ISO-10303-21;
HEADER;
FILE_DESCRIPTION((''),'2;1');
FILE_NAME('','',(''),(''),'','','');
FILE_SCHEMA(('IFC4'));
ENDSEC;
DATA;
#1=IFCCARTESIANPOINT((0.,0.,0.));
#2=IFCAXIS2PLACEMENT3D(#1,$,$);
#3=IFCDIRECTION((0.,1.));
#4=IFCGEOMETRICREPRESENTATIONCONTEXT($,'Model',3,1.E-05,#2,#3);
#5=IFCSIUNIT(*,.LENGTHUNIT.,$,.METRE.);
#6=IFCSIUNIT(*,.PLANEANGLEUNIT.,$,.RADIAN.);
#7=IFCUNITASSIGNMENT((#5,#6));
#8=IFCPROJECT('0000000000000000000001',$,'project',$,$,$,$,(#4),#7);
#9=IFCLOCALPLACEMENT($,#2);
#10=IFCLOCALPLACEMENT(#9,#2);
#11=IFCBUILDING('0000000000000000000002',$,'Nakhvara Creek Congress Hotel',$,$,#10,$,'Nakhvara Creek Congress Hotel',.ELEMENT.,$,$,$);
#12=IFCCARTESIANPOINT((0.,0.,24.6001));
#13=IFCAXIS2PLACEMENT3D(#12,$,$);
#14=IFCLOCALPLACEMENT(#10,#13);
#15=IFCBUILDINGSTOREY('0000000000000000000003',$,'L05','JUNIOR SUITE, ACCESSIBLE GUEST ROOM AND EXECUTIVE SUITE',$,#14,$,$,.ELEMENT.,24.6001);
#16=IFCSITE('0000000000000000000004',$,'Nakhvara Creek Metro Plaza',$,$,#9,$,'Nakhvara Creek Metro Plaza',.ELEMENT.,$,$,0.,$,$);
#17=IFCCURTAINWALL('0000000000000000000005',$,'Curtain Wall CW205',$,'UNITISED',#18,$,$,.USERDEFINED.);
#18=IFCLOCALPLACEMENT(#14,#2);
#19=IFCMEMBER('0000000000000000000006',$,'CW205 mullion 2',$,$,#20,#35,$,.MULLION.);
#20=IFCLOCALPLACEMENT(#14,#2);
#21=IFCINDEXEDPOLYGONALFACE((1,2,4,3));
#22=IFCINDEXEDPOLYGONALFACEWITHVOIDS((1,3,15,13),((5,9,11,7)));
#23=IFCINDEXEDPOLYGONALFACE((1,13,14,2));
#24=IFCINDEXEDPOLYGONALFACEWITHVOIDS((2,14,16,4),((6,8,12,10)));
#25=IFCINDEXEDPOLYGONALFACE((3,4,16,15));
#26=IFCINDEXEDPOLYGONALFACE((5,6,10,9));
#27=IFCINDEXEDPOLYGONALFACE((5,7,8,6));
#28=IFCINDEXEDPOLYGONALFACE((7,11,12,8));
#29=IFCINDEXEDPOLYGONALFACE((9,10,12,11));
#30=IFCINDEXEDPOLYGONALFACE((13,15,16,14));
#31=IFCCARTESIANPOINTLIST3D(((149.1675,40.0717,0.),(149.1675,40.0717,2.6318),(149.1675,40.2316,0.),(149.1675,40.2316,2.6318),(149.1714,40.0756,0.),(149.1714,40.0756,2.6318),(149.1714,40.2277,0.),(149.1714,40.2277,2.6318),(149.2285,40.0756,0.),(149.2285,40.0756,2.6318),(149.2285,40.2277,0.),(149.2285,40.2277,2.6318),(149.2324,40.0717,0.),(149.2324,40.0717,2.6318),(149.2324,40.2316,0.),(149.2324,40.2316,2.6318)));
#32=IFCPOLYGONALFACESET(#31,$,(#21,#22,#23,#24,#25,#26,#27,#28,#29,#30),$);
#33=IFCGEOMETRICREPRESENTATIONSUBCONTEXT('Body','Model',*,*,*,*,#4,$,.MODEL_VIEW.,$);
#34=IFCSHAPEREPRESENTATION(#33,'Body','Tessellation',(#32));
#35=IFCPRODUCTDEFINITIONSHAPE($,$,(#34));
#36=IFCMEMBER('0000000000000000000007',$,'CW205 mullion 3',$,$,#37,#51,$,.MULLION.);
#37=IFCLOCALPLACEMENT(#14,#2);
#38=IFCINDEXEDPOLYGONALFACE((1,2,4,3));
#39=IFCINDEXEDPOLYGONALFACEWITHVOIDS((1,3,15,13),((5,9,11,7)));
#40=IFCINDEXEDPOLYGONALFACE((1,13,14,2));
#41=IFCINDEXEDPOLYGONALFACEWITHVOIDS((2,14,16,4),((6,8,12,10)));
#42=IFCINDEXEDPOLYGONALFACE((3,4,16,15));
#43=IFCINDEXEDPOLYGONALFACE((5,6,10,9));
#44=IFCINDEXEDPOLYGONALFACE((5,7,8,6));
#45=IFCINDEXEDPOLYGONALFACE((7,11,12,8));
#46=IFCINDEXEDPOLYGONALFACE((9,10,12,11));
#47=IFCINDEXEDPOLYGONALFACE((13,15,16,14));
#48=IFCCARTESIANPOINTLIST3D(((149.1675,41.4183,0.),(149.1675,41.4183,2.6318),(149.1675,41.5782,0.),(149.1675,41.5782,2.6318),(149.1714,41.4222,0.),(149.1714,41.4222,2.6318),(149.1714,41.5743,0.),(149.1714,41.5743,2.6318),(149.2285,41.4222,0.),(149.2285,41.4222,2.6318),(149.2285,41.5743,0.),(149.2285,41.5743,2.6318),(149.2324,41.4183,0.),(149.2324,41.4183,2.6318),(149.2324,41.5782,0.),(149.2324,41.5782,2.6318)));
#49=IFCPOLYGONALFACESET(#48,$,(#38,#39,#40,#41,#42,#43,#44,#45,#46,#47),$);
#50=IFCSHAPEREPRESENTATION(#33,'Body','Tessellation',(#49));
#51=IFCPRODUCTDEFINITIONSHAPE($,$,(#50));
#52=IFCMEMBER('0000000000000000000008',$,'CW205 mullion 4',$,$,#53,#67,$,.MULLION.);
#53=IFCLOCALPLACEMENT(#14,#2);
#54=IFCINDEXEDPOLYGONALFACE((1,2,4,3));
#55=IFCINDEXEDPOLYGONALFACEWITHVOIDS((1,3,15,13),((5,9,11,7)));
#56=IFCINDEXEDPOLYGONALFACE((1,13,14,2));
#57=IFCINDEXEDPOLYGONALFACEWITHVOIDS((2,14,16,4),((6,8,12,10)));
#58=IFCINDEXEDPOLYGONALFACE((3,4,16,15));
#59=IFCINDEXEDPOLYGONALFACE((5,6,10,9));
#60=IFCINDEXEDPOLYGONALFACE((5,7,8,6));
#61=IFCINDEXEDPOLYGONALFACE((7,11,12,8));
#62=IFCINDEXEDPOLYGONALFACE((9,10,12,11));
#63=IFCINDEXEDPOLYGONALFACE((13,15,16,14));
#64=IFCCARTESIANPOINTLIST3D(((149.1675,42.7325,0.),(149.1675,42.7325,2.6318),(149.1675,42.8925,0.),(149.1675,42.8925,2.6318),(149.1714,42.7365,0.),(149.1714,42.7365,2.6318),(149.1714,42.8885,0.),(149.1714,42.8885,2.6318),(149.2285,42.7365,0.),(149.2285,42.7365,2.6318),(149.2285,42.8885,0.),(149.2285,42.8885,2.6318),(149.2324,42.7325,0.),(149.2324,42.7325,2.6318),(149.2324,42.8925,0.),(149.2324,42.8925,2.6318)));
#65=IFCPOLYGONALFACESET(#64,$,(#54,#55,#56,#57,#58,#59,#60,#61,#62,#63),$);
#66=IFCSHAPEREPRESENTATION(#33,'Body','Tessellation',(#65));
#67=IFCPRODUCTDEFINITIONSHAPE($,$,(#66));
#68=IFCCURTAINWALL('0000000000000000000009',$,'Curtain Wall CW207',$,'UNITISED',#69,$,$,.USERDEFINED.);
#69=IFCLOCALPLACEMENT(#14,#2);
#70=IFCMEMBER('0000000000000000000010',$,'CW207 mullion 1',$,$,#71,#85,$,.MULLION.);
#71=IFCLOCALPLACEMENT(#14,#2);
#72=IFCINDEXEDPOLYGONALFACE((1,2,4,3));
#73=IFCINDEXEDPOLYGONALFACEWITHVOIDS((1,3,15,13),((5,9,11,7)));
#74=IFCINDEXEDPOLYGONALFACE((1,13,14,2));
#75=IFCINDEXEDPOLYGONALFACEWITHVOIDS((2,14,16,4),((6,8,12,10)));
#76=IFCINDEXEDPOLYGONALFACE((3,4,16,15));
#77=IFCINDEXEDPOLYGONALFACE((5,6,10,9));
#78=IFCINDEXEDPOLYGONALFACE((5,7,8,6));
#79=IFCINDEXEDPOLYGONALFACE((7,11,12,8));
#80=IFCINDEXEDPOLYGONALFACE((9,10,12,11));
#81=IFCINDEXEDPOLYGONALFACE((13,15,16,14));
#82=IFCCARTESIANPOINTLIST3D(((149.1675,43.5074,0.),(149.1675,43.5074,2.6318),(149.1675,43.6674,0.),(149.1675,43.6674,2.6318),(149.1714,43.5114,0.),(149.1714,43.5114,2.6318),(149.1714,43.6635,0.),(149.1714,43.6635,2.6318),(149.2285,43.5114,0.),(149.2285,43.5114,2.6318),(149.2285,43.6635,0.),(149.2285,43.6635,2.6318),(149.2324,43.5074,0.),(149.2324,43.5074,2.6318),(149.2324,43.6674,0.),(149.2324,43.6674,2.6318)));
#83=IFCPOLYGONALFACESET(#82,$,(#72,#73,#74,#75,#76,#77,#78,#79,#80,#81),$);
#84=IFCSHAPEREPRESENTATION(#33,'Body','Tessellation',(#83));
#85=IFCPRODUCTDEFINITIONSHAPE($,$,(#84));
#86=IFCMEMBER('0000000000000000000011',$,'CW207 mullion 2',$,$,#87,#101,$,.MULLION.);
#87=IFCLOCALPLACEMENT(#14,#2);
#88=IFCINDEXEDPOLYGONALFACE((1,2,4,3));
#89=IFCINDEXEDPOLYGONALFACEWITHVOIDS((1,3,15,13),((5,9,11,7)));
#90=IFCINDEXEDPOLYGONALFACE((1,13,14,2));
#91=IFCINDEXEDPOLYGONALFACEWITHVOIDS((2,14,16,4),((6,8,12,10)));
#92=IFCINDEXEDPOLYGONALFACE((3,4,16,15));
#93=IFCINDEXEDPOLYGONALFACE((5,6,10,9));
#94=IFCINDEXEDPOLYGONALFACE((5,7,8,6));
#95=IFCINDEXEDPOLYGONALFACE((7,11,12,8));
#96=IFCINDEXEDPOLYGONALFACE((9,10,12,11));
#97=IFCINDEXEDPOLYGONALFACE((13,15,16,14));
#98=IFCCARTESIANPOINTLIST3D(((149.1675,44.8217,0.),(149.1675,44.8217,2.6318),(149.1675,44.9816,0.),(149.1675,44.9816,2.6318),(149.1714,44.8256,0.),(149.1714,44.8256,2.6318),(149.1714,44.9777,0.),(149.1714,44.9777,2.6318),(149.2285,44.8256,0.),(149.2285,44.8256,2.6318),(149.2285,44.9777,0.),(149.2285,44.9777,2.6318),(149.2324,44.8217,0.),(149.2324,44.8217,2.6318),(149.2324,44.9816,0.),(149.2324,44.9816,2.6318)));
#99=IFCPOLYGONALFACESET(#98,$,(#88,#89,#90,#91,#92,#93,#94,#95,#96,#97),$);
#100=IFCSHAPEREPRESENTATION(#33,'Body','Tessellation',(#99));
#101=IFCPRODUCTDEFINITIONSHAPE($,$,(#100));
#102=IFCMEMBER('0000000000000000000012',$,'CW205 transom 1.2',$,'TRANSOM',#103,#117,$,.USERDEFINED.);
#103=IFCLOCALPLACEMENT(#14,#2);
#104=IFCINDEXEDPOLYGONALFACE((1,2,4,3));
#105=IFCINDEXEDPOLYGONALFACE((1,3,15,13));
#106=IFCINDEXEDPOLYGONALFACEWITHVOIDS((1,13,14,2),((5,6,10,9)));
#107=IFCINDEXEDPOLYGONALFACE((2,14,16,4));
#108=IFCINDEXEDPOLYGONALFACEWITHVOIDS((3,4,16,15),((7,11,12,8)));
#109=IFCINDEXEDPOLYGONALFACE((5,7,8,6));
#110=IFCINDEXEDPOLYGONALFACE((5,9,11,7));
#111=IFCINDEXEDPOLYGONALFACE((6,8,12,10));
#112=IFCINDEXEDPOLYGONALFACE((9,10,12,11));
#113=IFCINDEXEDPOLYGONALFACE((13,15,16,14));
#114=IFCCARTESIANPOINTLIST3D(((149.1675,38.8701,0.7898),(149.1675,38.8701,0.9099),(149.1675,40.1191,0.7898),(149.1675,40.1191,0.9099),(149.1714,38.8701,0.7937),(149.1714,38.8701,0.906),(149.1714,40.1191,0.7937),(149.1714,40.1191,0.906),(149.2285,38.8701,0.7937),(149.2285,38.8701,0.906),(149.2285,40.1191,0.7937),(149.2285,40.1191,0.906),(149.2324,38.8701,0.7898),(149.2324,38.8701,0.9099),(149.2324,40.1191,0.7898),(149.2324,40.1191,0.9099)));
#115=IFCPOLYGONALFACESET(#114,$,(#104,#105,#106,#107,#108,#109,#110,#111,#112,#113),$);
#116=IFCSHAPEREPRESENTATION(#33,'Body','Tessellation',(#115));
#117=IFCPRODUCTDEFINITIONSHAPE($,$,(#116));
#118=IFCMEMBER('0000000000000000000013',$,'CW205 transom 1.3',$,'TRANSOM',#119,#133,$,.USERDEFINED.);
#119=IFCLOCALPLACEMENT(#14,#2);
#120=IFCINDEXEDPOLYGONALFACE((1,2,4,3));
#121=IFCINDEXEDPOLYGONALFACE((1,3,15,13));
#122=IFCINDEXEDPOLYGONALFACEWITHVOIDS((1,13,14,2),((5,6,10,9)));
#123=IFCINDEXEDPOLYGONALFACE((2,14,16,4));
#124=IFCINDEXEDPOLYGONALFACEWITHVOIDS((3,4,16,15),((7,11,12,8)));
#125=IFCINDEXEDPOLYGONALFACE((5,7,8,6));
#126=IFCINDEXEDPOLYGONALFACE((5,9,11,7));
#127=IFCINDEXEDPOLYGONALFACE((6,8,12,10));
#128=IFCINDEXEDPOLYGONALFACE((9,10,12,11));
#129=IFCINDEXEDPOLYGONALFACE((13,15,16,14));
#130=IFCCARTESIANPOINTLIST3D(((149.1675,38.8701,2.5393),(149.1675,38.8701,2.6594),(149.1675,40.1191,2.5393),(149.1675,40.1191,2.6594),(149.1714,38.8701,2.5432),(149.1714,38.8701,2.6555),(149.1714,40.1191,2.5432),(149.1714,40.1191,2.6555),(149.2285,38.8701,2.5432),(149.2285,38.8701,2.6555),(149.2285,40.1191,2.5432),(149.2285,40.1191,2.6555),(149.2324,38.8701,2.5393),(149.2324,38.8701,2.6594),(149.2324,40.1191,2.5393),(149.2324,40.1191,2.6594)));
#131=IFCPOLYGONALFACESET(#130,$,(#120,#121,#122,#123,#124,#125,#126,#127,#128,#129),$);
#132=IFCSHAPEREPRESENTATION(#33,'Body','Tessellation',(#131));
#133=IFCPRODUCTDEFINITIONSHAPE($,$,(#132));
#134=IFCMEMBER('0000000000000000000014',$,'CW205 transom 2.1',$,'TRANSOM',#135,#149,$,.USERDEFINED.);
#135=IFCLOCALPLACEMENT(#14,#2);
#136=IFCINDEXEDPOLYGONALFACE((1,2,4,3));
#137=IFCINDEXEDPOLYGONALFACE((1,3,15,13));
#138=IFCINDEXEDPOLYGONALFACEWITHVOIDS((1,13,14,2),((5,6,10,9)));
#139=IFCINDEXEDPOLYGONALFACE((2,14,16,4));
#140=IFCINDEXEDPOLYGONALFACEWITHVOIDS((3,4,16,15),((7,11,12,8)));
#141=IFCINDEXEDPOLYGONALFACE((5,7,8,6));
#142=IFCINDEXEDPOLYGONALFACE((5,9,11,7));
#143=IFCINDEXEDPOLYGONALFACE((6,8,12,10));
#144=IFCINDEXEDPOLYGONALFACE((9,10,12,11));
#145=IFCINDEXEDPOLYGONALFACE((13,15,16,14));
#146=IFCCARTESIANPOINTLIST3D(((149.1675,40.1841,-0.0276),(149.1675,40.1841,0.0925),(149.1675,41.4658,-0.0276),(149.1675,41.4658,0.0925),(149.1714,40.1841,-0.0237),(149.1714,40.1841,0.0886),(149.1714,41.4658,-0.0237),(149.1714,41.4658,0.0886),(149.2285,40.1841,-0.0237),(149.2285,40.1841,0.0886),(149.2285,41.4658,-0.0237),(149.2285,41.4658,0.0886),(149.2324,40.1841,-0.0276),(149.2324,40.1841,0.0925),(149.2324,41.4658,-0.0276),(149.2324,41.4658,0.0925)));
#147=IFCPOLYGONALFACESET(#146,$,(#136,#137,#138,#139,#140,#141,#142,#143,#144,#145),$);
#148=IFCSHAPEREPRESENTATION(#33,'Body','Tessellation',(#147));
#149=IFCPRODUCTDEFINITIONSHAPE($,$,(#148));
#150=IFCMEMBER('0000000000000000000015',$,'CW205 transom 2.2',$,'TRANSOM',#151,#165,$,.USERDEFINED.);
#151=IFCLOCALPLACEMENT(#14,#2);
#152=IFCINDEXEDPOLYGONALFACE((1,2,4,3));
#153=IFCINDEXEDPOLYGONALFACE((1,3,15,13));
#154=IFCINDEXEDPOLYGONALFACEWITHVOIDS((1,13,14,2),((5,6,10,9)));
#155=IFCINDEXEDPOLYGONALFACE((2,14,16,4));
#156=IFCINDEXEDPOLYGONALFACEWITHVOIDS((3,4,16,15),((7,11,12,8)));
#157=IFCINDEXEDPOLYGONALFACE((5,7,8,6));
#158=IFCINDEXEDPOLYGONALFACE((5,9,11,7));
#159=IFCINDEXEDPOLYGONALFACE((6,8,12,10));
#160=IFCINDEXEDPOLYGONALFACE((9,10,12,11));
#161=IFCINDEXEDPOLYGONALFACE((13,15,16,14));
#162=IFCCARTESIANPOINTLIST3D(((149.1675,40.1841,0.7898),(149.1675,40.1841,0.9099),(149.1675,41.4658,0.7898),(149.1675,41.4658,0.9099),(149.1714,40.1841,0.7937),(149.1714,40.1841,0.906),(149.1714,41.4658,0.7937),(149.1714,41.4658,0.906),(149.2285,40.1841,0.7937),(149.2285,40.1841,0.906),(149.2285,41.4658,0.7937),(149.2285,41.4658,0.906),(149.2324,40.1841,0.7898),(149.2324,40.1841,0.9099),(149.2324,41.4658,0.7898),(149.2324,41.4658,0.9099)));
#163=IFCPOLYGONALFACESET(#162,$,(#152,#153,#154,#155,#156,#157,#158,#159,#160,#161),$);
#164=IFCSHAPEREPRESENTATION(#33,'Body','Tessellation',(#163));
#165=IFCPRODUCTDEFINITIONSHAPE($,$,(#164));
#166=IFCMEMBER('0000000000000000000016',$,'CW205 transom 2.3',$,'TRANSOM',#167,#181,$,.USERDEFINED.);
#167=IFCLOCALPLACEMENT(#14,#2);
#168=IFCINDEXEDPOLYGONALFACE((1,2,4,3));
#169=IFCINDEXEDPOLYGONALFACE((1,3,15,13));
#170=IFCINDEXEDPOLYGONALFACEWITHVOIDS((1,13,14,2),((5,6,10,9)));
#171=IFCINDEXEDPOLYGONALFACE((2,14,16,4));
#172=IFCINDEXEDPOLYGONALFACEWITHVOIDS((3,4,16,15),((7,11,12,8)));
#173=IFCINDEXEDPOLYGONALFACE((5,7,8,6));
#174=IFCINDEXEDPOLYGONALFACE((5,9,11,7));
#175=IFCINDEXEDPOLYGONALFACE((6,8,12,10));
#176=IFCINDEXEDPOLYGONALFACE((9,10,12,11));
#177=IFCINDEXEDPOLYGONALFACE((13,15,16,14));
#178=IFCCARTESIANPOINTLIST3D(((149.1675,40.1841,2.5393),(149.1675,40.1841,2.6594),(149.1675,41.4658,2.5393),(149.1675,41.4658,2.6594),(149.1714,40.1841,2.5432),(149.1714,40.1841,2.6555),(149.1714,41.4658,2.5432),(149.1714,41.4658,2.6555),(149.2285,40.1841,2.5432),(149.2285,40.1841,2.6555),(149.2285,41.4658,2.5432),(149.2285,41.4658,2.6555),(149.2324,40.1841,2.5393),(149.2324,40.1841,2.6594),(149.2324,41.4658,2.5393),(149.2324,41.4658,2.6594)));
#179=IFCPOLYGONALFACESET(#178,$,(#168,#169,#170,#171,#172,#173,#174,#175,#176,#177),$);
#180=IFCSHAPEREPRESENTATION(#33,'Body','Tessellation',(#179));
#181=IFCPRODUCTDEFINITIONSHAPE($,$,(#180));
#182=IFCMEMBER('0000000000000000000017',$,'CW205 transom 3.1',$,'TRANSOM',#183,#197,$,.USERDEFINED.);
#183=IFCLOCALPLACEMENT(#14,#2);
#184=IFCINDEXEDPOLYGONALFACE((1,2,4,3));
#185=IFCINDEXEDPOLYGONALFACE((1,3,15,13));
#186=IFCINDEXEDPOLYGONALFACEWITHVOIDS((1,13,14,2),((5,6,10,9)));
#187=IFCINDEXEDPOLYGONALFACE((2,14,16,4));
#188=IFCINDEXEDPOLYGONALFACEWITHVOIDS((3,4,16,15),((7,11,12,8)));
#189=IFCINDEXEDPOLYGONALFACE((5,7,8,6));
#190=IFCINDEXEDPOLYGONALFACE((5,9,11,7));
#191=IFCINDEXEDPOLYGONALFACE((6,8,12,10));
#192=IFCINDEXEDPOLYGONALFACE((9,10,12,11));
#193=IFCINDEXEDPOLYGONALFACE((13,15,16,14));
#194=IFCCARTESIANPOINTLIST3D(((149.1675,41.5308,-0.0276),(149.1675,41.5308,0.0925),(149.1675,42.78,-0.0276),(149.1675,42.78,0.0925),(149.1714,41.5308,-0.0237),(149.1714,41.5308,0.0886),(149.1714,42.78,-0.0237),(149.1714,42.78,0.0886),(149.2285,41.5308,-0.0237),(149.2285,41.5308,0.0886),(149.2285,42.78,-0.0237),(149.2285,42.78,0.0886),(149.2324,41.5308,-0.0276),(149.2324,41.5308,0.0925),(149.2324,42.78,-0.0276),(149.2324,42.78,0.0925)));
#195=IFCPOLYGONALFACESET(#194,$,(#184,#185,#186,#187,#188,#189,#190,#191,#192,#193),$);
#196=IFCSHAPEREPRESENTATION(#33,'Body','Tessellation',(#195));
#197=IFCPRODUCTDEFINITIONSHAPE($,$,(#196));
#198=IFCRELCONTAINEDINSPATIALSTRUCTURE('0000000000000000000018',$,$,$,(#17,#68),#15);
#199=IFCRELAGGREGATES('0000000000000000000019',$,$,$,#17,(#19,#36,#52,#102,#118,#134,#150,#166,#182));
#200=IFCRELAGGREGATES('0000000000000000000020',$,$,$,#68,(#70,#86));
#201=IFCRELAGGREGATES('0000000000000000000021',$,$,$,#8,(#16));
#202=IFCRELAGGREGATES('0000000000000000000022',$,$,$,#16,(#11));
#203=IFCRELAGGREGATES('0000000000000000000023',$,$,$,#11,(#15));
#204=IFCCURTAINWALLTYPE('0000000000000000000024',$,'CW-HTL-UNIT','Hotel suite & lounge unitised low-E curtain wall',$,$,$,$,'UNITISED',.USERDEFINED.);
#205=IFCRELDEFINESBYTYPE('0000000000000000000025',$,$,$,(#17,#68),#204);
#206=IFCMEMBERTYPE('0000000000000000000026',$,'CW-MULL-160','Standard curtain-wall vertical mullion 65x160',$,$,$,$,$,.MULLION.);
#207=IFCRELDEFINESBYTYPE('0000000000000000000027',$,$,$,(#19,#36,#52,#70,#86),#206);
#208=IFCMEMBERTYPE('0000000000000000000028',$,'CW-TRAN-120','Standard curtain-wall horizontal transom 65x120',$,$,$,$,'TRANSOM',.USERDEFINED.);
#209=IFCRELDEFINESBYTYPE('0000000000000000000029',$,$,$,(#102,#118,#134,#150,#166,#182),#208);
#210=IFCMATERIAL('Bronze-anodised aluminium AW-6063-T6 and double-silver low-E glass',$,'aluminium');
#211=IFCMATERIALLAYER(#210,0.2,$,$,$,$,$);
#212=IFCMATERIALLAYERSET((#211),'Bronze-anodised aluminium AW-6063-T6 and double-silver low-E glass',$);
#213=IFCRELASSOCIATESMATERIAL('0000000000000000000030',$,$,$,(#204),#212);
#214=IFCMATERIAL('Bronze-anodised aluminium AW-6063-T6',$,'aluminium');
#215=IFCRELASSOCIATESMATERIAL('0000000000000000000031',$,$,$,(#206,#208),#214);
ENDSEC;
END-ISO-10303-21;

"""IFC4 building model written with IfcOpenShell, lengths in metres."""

from ifc_helpers import new_model, si_unit, direction, frame, origin, origin_2d, place, context, subcontext, project, spatial, hollow_rectangle, extrude, material, layer, layer_set, material_profile, profile_set, type_object, element, aggregate, save


model = new_model("IFC4")

# Units and contexts
model_context = context("Model", 3, precision=1e-05, world=origin(), true_north=direction((0.0, 1.0)))
body_context = subcontext(model_context, "Body", "Model", "MODEL_VIEW")
ifc_project = project(units=[si_unit("LENGTHUNIT", "METRE"), si_unit("PLANEANGLEUNIT", "RADIAN")], contexts=[model_context])

# Site, building, storey
site_placement = place(None, origin())
site = spatial("IfcSite", under=ifc_project, at=site_placement, Name="Nakhvara Creek Metro Plaza", LongName="Nakhvara Creek Metro Plaza", CompositionType="ELEMENT", RefElevation=0.0)
building_placement = place(site_placement, origin())
building = spatial("IfcBuilding", under=site, at=building_placement, Name="Nakhvara Creek Congress Hotel", LongName="Nakhvara Creek Congress Hotel", CompositionType="ELEMENT")
storey_placement = place(building_placement, frame((0.0, 0.0, 24.6001)))
storey = spatial("IfcBuildingStorey", under=building, at=storey_placement, Name="L05", Description="JUNIOR SUITE, ACCESSIBLE GUEST ROOM AND EXECUTIVE SUITE", CompositionType="ELEMENT", Elevation=24.6001)

# Curtain walls, members
ifc_material_1 = material(Name="Bronze-anodised aluminium AW-6063-T6 and double-silver low-E glass", Category="aluminium")
ifc_layer = layer(ifc_material_1, 0.2)
ifc_layer_set = layer_set([ifc_layer], Name="Bronze-anodised aluminium AW-6063-T6 and double-silver low-E glass")
curtain_wall_type = type_object("IfcCurtainWallType", Name="CW-HTL-UNIT", Description="Hotel suite & lounge unitised low-E curtain wall", ElementType="UNITISED", PredefinedType="USERDEFINED", material=ifc_layer_set)
curtain_wall_1_placement = place(storey_placement, origin())
curtain_wall_1 = element("IfcCurtainWall", 1, at=curtain_wall_1_placement, inside=storey, type_object=curtain_wall_type, Name="Curtain Wall CW205", ObjectType="UNITISED", PredefinedType="USERDEFINED")
ifc_material_2 = material(Name="Bronze-anodised aluminium AW-6063-T6", Category="aluminium")
ifc_material_profile_1 = material_profile(ifc_material_2, hollow_rectangle(XDim=0.0649, YDim=0.1599, WallThickness=0.0039, at=origin_2d()), Name="ALU-MULL 65x160x4", Category="LoadBearing")
ifc_profile_set_1 = profile_set([ifc_material_profile_1], Name="Bronze-anodised aluminium AW-6063-T6")
member_type_1 = type_object("IfcMemberType", Name="CW-MULL-160", Description="Standard curtain-wall vertical mullion 65x160", PredefinedType="MULLION", material=ifc_profile_set_1)
member_1_placement = place(storey_placement, frame((149.2, 40.1516, 0.0), z_axis=(0.0, 0.0, 1.0), x_axis=(-1.0, 0.0, 0.0)))
member_1 = element("IfcMember", 2, at=member_1_placement, type_object=member_type_1, Name="CW205 mullion 2", PredefinedType="MULLION", context=body_context, shape_type="SweptSolid", body=[
    extrude(hollow_rectangle(XDim=0.0649, YDim=0.1599, WallThickness=0.0039, at=origin_2d()), origin(), (0.0, 0.0, 1.0), 2.6318),
])
member_2_placement = place(storey_placement, frame((149.2, 41.4983, 0.0), z_axis=(0.0, 0.0, 1.0), x_axis=(-1.0, 0.0, 0.0)))
member_2 = element("IfcMember", 3, at=member_2_placement, type_object=member_type_1, Name="CW205 mullion 3", PredefinedType="MULLION", context=body_context, shape_type="SweptSolid", body=[
    extrude(hollow_rectangle(XDim=0.0649, YDim=0.1599, WallThickness=0.0039, at=origin_2d()), origin(), (0.0, 0.0, 1.0), 2.6318),
])
member_3_placement = place(storey_placement, frame((149.2, 42.8125, 0.0), z_axis=(0.0, 0.0, 1.0), x_axis=(-1.0, 0.0, 0.0)))
member_3 = element("IfcMember", 4, at=member_3_placement, type_object=member_type_1, Name="CW205 mullion 4", PredefinedType="MULLION", context=body_context, shape_type="SweptSolid", body=[
    extrude(hollow_rectangle(XDim=0.0649, YDim=0.1599, WallThickness=0.0039, at=origin_2d()), origin(), (0.0, 0.0, 1.0), 2.6318),
])
curtain_wall_2_placement = place(storey_placement, origin())
curtain_wall_2 = element("IfcCurtainWall", 5, at=curtain_wall_2_placement, inside=storey, type_object=curtain_wall_type, Name="Curtain Wall CW207", ObjectType="UNITISED", PredefinedType="USERDEFINED")
member_4_placement = place(storey_placement, frame((149.2, 43.5874, 0.0), z_axis=(0.0, 0.0, 1.0), x_axis=(-1.0, 0.0, 0.0)))
member_4 = element("IfcMember", 6, at=member_4_placement, type_object=member_type_1, Name="CW207 mullion 1", PredefinedType="MULLION", context=body_context, shape_type="SweptSolid", body=[
    extrude(hollow_rectangle(XDim=0.0649, YDim=0.1599, WallThickness=0.0039, at=origin_2d()), origin(), (0.0, 0.0, 1.0), 2.6318),
])
member_5_placement = place(storey_placement, frame((149.2, 44.9016, 0.0), z_axis=(0.0, 0.0, 1.0), x_axis=(-1.0, 0.0, 0.0)))
member_5 = element("IfcMember", 7, at=member_5_placement, type_object=member_type_1, Name="CW207 mullion 2", PredefinedType="MULLION", context=body_context, shape_type="SweptSolid", body=[
    extrude(hollow_rectangle(XDim=0.0649, YDim=0.1599, WallThickness=0.0039, at=origin_2d()), origin(), (0.0, 0.0, 1.0), 2.6318),
])

# Members
ifc_material_profile_2 = material_profile(ifc_material_2, hollow_rectangle(XDim=0.0649, YDim=0.1201, WallThickness=0.0039, at=origin_2d()), Name="ALU-TRAN 65x120x4", Category="LoadBearing")
ifc_profile_set_2 = profile_set([ifc_material_profile_2], Name="Bronze-anodised aluminium AW-6063-T6")
member_type_2 = type_object("IfcMemberType", Name="CW-TRAN-120", Description="Standard curtain-wall horizontal transom 65x120", ElementType="TRANSOM", PredefinedType="USERDEFINED", material=ifc_profile_set_2)
member_6_placement = place(storey_placement, frame((149.2, 38.8701, 0.8499), z_axis=(0.0, 1.0, 0.0), x_axis=(-1.0, 0.0, 0.0)))
member_6 = element("IfcMember", 8, at=member_6_placement, type_object=member_type_2, Name="CW205 transom 1.2", ObjectType="TRANSOM", PredefinedType="USERDEFINED", context=body_context, shape_type="SweptSolid", body=[
    extrude(hollow_rectangle(XDim=0.0649, YDim=0.1201, WallThickness=0.0039, at=origin_2d()), origin(), (0.0, 0.0, 1.0), 1.249),
])
member_7_placement = place(storey_placement, frame((149.2, 38.8701, 2.5994), z_axis=(0.0, 1.0, 0.0), x_axis=(-1.0, 0.0, 0.0)))
member_7 = element("IfcMember", 9, at=member_7_placement, type_object=member_type_2, Name="CW205 transom 1.3", ObjectType="TRANSOM", PredefinedType="USERDEFINED", context=body_context, shape_type="SweptSolid", body=[
    extrude(hollow_rectangle(XDim=0.0649, YDim=0.1201, WallThickness=0.0039, at=origin_2d()), origin(), (0.0, 0.0, 1.0), 1.249),
])
member_8_placement = place(storey_placement, frame((149.2, 40.1841, 0.0325), z_axis=(0.0, 1.0, 0.0), x_axis=(-1.0, 0.0, 0.0)))
member_8 = element("IfcMember", 10, at=member_8_placement, type_object=member_type_2, Name="CW205 transom 2.1", ObjectType="TRANSOM", PredefinedType="USERDEFINED", context=body_context, shape_type="SweptSolid", body=[
    extrude(hollow_rectangle(XDim=0.0649, YDim=0.1201, WallThickness=0.0039, at=origin_2d()), origin(), (0.0, 0.0, 1.0), 1.2817),
])
member_9_placement = place(storey_placement, frame((149.2, 40.1841, 0.8499), z_axis=(0.0, 1.0, 0.0), x_axis=(-1.0, 0.0, 0.0)))
member_9 = element("IfcMember", 11, at=member_9_placement, type_object=member_type_2, Name="CW205 transom 2.2", ObjectType="TRANSOM", PredefinedType="USERDEFINED", context=body_context, shape_type="SweptSolid", body=[
    extrude(hollow_rectangle(XDim=0.0649, YDim=0.1201, WallThickness=0.0039, at=origin_2d()), origin(), (0.0, 0.0, 1.0), 1.2817),
])
member_10_placement = place(storey_placement, frame((149.2, 40.1841, 2.5994), z_axis=(0.0, 1.0, 0.0), x_axis=(-1.0, 0.0, 0.0)))
member_10 = element("IfcMember", 12, at=member_10_placement, type_object=member_type_2, Name="CW205 transom 2.3", ObjectType="TRANSOM", PredefinedType="USERDEFINED", context=body_context, shape_type="SweptSolid", body=[
    extrude(hollow_rectangle(XDim=0.0649, YDim=0.1201, WallThickness=0.0039, at=origin_2d()), origin(), (0.0, 0.0, 1.0), 1.2817),
])
member_11_placement = place(storey_placement, frame((149.2, 41.5308, 0.0325), z_axis=(0.0, 1.0, 0.0), x_axis=(-1.0, 0.0, 0.0)))
member_11 = element("IfcMember", 13, at=member_11_placement, type_object=member_type_2, Name="CW205 transom 3.1", ObjectType="TRANSOM", PredefinedType="USERDEFINED", context=body_context, shape_type="SweptSolid", body=[
    extrude(hollow_rectangle(XDim=0.0649, YDim=0.1201, WallThickness=0.0039, at=origin_2d()), origin(), (0.0, 0.0, 1.0), 1.2493),
])

aggregate(curtain_wall_1, [member_1, member_2, member_3, member_6, member_7, member_8, member_9, member_10, member_11])
aggregate(curtain_wall_2, [member_4, member_5])

save(model, "model.ifc")
